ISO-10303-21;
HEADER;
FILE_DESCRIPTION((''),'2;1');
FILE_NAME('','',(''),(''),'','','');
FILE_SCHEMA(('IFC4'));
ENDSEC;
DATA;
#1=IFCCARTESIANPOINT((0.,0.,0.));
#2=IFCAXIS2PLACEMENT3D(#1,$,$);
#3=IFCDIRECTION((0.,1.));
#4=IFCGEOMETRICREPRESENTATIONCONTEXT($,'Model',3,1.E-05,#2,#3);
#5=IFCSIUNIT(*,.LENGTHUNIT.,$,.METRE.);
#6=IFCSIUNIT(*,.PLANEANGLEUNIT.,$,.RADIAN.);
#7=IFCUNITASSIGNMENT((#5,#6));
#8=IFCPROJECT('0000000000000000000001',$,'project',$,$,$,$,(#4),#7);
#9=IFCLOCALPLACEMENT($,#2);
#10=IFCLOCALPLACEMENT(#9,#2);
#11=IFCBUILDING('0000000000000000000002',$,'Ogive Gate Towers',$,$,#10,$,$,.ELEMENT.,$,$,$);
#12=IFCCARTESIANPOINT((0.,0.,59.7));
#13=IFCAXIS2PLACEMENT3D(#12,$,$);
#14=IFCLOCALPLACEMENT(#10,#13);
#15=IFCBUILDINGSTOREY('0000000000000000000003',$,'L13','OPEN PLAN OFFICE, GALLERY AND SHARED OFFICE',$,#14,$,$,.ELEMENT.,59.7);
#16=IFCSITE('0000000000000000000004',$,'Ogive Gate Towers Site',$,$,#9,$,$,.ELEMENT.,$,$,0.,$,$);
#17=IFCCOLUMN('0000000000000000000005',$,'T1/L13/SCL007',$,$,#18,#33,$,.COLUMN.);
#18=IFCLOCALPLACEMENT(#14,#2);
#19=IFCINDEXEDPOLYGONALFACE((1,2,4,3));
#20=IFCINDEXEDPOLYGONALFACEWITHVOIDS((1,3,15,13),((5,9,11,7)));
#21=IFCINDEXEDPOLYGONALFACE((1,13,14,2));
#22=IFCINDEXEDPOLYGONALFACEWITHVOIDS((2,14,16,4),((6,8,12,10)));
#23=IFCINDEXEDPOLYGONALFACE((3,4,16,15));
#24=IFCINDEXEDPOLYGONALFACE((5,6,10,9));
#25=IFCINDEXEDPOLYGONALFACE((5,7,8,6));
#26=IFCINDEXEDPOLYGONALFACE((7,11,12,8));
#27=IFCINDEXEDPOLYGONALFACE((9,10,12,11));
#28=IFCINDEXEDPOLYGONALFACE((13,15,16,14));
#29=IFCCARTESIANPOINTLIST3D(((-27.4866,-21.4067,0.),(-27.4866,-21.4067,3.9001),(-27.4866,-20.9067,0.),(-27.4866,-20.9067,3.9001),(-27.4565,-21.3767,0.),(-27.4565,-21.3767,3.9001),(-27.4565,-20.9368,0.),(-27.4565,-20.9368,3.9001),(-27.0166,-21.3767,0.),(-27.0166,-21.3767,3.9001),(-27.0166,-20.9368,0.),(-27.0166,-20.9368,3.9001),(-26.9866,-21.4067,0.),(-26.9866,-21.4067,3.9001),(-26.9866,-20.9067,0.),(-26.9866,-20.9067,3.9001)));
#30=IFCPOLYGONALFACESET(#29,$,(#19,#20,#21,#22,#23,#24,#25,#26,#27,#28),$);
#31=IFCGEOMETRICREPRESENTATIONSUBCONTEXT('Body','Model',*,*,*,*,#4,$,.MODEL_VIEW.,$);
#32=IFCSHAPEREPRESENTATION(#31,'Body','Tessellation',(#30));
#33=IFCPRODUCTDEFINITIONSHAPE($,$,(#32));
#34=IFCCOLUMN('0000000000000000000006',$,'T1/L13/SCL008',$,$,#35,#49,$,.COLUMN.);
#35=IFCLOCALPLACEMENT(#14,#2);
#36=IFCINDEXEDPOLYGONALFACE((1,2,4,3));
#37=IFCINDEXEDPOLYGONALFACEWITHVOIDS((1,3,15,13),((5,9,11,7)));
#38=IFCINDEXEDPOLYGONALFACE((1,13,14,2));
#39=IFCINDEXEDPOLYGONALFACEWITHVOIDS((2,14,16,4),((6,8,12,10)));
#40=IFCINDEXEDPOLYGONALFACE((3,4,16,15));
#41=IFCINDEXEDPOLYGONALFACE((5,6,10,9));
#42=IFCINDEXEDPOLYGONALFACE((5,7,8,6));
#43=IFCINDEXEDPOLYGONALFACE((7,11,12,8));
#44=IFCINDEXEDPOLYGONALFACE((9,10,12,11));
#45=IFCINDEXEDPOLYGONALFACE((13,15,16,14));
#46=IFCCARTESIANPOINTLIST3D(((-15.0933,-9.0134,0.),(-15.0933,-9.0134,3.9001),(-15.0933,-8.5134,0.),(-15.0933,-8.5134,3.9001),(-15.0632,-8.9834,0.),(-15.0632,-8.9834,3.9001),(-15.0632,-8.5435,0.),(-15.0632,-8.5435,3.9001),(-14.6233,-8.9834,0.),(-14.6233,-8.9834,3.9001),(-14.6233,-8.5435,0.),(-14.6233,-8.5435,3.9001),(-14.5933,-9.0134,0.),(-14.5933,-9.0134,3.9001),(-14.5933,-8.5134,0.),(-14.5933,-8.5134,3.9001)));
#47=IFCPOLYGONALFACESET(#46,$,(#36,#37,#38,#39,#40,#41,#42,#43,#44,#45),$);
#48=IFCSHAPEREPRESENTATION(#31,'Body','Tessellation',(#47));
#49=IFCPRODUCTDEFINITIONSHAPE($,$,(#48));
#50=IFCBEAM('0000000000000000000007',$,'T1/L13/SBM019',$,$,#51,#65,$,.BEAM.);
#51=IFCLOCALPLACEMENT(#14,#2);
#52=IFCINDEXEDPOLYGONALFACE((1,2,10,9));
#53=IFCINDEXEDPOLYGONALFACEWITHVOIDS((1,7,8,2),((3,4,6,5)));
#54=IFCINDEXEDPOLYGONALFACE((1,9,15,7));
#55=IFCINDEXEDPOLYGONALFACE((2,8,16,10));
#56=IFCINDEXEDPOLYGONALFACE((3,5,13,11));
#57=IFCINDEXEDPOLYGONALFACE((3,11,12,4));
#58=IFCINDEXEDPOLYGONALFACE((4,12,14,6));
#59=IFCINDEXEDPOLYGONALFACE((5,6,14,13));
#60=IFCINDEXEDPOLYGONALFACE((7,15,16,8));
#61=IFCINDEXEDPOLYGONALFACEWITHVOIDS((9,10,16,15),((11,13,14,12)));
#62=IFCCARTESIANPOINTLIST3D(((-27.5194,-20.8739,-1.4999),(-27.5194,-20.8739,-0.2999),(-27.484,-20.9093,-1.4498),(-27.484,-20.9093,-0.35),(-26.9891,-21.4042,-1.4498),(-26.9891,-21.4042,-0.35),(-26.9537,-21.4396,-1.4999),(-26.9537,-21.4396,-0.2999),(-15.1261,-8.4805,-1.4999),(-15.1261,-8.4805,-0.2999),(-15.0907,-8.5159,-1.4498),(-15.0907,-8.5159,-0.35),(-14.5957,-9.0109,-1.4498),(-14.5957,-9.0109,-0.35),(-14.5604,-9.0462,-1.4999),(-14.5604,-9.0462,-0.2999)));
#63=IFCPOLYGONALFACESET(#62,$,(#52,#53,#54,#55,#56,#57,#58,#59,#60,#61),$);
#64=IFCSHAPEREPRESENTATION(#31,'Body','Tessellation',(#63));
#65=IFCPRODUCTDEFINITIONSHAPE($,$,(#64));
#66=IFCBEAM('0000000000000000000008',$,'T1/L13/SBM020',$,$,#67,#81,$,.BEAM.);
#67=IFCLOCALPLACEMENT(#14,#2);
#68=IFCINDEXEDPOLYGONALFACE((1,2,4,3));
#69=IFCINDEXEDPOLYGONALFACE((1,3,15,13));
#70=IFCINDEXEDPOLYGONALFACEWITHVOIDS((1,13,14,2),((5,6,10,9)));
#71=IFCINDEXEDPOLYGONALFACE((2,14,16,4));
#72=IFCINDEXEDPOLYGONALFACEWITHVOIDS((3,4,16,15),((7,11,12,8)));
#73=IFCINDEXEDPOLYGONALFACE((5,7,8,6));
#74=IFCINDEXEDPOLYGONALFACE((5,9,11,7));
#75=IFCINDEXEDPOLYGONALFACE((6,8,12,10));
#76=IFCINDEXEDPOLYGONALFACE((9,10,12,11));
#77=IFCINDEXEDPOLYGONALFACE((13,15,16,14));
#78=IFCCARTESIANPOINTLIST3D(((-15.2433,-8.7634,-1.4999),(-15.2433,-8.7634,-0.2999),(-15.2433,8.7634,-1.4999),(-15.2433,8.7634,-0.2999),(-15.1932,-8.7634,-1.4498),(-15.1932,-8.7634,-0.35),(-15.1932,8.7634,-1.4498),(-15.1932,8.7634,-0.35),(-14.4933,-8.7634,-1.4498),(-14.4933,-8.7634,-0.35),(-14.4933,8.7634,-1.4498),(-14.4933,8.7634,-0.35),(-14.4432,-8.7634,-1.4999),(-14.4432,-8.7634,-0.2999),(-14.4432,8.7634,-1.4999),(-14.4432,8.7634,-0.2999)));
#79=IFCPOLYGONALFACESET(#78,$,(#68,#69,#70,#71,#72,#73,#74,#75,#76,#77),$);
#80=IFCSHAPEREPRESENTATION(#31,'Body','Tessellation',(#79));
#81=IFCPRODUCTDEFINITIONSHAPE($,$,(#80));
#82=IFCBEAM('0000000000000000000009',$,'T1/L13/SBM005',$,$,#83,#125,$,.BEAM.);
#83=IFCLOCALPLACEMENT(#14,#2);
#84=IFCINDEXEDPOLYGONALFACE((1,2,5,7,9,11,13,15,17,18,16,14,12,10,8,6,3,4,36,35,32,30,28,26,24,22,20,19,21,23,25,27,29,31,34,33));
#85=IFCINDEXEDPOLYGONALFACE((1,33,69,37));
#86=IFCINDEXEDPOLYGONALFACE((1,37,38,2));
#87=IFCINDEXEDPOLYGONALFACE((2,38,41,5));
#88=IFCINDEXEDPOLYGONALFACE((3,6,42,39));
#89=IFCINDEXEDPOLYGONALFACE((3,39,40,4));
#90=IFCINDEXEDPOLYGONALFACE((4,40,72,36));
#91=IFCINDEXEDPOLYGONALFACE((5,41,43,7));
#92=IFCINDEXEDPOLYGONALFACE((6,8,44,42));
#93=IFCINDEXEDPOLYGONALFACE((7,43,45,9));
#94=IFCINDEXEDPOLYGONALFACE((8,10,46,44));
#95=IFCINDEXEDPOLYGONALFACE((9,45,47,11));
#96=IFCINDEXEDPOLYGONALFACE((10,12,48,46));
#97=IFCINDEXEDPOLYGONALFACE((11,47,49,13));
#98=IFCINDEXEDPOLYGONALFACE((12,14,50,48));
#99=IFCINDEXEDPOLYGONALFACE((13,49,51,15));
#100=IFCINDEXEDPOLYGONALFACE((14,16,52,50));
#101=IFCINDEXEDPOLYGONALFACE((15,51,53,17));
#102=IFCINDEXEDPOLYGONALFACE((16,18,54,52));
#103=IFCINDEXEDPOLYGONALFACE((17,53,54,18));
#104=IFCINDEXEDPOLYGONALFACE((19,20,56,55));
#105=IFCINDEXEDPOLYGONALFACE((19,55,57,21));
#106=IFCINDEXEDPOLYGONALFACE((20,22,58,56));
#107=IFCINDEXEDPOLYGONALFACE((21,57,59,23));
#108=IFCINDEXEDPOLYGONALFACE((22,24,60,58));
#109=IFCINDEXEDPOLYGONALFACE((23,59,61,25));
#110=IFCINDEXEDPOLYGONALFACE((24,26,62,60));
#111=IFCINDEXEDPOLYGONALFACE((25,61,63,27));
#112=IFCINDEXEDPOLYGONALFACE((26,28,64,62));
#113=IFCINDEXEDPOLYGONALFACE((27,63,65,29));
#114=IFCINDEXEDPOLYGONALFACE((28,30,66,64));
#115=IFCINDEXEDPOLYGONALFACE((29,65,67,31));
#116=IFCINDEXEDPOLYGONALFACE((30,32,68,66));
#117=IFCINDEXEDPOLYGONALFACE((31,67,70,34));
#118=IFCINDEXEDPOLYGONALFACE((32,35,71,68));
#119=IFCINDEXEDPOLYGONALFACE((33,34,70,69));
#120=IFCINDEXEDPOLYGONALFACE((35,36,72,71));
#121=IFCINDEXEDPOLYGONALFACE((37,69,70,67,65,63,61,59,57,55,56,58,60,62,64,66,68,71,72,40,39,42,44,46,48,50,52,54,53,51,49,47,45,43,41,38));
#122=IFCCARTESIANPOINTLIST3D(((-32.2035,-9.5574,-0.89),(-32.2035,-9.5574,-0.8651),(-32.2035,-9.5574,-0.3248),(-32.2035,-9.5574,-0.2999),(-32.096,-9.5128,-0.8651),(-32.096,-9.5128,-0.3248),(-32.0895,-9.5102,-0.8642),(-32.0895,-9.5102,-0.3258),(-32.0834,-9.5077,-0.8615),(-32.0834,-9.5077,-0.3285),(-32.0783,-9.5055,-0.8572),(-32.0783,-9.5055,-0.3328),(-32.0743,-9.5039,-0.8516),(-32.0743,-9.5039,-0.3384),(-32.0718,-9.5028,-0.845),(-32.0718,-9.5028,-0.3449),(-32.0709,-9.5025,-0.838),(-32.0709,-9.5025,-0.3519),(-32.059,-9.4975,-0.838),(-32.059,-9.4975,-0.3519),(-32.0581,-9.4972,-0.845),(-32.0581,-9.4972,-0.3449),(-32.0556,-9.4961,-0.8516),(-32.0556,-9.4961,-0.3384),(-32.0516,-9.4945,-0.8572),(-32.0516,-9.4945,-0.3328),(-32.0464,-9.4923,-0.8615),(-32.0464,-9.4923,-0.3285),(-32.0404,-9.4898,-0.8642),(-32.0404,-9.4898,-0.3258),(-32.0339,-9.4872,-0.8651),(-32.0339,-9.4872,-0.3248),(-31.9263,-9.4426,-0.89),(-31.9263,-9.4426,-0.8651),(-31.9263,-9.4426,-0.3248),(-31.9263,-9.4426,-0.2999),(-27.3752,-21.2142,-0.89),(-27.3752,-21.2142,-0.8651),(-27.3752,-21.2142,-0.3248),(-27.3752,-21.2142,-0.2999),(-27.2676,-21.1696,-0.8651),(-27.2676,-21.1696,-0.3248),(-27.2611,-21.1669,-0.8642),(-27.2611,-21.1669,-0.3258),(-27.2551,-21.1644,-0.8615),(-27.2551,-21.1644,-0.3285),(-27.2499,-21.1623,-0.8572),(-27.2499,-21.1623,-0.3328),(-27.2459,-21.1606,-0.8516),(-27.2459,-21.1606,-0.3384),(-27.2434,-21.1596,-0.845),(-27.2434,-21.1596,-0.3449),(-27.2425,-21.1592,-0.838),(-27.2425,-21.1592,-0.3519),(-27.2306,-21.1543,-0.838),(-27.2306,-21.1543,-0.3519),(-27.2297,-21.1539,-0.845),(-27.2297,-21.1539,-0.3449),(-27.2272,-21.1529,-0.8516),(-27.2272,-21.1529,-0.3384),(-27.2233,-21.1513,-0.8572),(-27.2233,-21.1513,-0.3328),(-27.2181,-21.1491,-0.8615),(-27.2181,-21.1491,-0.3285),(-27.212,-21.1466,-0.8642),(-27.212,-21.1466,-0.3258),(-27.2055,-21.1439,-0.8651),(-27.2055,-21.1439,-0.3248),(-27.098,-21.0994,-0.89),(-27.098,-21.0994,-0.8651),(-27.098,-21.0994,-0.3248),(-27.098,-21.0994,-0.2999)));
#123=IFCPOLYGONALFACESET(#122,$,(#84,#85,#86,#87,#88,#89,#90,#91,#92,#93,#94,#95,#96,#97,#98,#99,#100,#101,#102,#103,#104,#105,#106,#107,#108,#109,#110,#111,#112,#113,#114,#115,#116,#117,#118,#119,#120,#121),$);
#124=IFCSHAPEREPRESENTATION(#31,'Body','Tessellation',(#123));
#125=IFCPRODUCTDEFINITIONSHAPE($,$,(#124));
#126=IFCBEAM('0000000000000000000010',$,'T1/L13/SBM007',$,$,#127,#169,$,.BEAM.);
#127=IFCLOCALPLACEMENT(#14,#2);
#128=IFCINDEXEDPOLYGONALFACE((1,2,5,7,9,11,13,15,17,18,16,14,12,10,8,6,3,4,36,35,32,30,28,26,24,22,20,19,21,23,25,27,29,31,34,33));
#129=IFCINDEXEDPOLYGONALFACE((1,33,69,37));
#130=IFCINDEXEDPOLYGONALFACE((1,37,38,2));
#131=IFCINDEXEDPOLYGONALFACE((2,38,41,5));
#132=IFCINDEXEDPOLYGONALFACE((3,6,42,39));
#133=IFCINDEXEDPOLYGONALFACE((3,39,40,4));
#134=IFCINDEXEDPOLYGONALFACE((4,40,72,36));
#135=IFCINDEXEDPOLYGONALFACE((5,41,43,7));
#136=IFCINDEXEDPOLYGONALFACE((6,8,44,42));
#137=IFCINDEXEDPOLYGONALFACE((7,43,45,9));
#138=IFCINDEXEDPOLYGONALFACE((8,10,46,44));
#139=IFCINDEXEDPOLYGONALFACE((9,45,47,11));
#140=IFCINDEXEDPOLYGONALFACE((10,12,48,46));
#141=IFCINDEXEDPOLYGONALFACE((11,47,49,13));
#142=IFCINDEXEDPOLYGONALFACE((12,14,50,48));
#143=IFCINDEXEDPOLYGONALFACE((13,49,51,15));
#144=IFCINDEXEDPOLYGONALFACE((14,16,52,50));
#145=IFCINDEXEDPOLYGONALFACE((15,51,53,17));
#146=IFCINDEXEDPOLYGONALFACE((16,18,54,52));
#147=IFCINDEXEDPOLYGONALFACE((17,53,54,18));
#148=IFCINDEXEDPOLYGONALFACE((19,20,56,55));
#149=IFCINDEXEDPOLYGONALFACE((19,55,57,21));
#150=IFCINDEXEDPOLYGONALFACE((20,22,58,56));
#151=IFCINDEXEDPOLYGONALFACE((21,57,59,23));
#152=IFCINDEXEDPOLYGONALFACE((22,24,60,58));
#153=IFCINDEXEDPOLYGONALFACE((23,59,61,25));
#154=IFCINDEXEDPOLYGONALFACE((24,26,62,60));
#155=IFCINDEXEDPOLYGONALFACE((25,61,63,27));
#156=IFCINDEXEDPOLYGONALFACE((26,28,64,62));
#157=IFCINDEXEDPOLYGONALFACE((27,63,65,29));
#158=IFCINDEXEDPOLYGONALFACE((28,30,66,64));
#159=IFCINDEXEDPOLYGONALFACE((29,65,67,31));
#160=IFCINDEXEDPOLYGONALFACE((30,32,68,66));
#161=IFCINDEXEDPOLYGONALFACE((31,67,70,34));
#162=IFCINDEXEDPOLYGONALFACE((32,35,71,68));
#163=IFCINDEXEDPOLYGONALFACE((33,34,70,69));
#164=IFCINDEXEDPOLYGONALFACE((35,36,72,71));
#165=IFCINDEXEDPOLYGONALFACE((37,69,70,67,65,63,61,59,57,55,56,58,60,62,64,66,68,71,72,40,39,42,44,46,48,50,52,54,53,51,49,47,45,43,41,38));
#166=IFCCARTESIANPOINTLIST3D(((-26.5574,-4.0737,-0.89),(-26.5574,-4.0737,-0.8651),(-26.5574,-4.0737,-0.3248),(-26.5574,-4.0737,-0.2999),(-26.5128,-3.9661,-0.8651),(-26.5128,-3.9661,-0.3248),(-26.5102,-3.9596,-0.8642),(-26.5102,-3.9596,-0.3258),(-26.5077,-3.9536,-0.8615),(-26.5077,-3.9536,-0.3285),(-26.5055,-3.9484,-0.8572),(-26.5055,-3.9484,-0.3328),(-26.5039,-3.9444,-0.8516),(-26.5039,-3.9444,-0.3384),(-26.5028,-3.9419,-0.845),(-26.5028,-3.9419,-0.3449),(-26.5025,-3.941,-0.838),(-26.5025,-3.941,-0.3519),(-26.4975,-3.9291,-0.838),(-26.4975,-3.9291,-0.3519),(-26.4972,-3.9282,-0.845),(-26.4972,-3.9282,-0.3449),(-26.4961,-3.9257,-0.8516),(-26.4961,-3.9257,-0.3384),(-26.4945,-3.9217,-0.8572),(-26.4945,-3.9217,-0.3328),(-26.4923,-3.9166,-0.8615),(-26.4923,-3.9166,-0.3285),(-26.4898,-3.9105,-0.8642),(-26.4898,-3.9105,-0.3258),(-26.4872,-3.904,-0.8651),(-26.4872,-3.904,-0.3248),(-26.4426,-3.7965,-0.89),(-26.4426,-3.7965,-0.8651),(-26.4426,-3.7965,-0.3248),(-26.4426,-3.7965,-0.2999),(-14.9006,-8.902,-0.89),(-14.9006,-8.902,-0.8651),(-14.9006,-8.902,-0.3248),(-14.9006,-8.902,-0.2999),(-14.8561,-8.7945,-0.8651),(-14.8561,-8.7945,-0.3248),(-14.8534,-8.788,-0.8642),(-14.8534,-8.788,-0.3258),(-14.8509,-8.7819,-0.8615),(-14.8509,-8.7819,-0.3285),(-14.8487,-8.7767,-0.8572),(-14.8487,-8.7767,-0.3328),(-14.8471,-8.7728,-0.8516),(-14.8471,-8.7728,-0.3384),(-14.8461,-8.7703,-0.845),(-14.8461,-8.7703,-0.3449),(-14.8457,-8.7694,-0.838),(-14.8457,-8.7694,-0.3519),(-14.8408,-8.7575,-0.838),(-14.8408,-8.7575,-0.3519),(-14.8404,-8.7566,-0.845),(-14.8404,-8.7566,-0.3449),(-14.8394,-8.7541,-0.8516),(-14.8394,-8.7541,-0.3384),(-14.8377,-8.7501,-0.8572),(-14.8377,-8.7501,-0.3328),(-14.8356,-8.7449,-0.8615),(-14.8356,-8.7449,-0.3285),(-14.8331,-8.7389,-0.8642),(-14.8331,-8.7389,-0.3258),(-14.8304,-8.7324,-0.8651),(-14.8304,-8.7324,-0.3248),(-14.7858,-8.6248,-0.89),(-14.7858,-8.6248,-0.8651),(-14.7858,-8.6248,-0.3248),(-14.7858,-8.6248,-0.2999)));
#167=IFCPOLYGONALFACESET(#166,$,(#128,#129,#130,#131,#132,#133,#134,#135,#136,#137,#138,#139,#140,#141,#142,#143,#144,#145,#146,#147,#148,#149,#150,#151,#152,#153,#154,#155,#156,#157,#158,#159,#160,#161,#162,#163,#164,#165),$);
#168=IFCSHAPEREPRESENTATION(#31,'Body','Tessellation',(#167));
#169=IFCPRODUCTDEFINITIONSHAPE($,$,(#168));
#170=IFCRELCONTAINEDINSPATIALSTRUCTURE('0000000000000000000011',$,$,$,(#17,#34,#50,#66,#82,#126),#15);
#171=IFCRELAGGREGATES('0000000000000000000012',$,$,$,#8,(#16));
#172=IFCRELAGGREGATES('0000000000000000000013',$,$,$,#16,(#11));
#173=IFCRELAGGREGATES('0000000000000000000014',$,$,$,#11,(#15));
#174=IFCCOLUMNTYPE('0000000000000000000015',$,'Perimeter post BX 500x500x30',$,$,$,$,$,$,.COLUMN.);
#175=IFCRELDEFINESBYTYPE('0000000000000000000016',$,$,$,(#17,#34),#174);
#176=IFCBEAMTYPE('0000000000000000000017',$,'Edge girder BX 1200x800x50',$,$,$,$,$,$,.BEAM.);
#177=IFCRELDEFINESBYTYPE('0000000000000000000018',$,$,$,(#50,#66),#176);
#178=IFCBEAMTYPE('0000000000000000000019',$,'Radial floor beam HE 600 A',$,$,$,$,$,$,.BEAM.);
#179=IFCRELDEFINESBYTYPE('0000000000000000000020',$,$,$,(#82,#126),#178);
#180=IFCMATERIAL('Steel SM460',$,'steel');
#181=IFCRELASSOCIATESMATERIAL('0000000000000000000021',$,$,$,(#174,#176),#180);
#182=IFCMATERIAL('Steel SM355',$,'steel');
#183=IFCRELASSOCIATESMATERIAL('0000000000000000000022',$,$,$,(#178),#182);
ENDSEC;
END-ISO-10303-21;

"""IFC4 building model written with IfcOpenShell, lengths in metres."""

from ifc_helpers import new_model, si_unit, direction, frame, origin, origin_2d, place, context, subcontext, project, spatial, hollow_rectangle, i_section, extrude, material, material_profile, profile_set, type_object, element, save


model = new_model("IFC4")

# Units and contexts
model_context = context("Model", 3, precision=1e-05, world=origin(), true_north=direction((0.0, 1.0)))
body_context = subcontext(model_context, "Body", "Model", "MODEL_VIEW")
ifc_project = project(units=[si_unit("LENGTHUNIT", "METRE"), si_unit("PLANEANGLEUNIT", "RADIAN")], contexts=[model_context])

# Site, building, storey
site_placement = place(None, origin())
site = spatial("IfcSite", under=ifc_project, at=site_placement, Name="Ogive Gate Towers Site", CompositionType="ELEMENT", RefElevation=0.0)
building_placement = place(site_placement, origin())
building = spatial("IfcBuilding", under=site, at=building_placement, Name="Ogive Gate Towers", CompositionType="ELEMENT")
storey_placement = place(building_placement, frame((0.0, 0.0, 59.7)))
storey = spatial("IfcBuildingStorey", under=building, at=storey_placement, Name="L13", Description="OPEN PLAN OFFICE, GALLERY AND SHARED OFFICE", CompositionType="ELEMENT", Elevation=59.7)

# Columns
ifc_material_1 = material(Name="Steel SM460", Category="steel")
ifc_material_profile_1 = material_profile(ifc_material_1, hollow_rectangle(XDim=0.5, YDim=0.5, WallThickness=0.03, at=origin_2d()), Name="BX 500x500x30")
ifc_profile_set_1 = profile_set([ifc_material_profile_1], Name="Steel SM460")
column_type = type_object("IfcColumnType", Name="Perimeter post BX 500x500x30", PredefinedType="COLUMN", material=ifc_profile_set_1)
for number, where, z_axis, x_axis, name in (
    (1, (-27.2366, -21.1567, 0.0), (0.0, 0.0, 1.0), (1.0, 0.0, 0.0), "T1/L13/SCL007"),
    (2, (-14.8433, -8.7634, 0.0), (0.0, 0.0, 1.0), (1.0, 0.0, 0.0), "T1/L13/SCL008"),
):
    element("IfcColumn", number, at=place(storey_placement, frame(where, z_axis=z_axis, x_axis=x_axis)), inside=storey, type_object=column_type, Name=name, PredefinedType="COLUMN", context=body_context, shape_type="SweptSolid", body=[
        extrude(hollow_rectangle(XDim=0.5, YDim=0.5, WallThickness=0.03, at=origin_2d()), origin(), (0.0, 0.0, 1.0), 3.9001),
    ])

# Beams
ifc_material_profile_2 = material_profile(ifc_material_1, hollow_rectangle(XDim=0.8, YDim=1.2, WallThickness=0.05, at=origin_2d()), Name="BX 1200x800x50")
ifc_profile_set_2 = profile_set([ifc_material_profile_2], Name="Steel SM460")
beam_type_1 = type_object("IfcBeamType", Name="Edge girder BX 1200x800x50", PredefinedType="BEAM", material=ifc_profile_set_2)
for number, where, z_axis, x_axis, name in (
    (3, (-27.2366, -21.1567, -0.8999), (0.707107, 0.707107, 0.0), (-0.707107, 0.707107, 0.0), "T1/L13/SBM019"),
    (4, (-14.8433, -8.7634, -0.8999), (0.0, 1.0, 0.0), (-1.0, 0.0, 0.0), "T1/L13/SBM020"),
):
    element("IfcBeam", number, at=place(storey_placement, frame(where, z_axis=z_axis, x_axis=x_axis)), inside=storey, type_object=beam_type_1, Name=name, PredefinedType="BEAM", context=body_context, shape_type="SweptSolid", body=[
        extrude(hollow_rectangle(XDim=0.8, YDim=1.2, WallThickness=0.05, at=origin_2d()), origin(), (0.0, 0.0, 1.0), 17.5269),
    ])
ifc_material_2 = material(Name="Steel SM355", Category="steel")
ifc_material_profile_3 = material_profile(ifc_material_2, i_section(OverallWidth=0.3, OverallDepth=0.5901, WebThickness=0.0129, FlangeThickness=0.0249, FilletRadius=0.0271, at=origin_2d()), Name="HE 600 A")
ifc_profile_set_3 = profile_set([ifc_material_profile_3], Name="Steel SM355")
beam_type_2 = type_object("IfcBeamType", Name="Radial floor beam HE 600 A", PredefinedType="BEAM", material=ifc_profile_set_3)
for number, where, z_axis, x_axis, name in (
    (5, (-32.0649, -9.5, -0.595), (0.382683, -0.92388, 0.0), (0.92388, 0.382683, 0.0), "T1/L13/SBM005"),
    (6, (-26.5, -3.9351, -0.595), (0.92388, -0.382683, 0.0), (0.382683, 0.92388, 0.0), "T1/L13/SBM007"),
):
    element("IfcBeam", number, at=place(storey_placement, frame(where, z_axis=z_axis, x_axis=x_axis)), inside=storey, type_object=beam_type_2, Name=name, PredefinedType="BEAM", context=body_context, shape_type="SweptSolid", body=[
        extrude(i_section(OverallWidth=0.3, OverallDepth=0.5901, WebThickness=0.0129, FlangeThickness=0.0249, FilletRadius=0.0271, at=origin_2d()), origin(), (0.0, 0.0, 1.0), 12.6172),
    ])

save(model, "model.ifc")
